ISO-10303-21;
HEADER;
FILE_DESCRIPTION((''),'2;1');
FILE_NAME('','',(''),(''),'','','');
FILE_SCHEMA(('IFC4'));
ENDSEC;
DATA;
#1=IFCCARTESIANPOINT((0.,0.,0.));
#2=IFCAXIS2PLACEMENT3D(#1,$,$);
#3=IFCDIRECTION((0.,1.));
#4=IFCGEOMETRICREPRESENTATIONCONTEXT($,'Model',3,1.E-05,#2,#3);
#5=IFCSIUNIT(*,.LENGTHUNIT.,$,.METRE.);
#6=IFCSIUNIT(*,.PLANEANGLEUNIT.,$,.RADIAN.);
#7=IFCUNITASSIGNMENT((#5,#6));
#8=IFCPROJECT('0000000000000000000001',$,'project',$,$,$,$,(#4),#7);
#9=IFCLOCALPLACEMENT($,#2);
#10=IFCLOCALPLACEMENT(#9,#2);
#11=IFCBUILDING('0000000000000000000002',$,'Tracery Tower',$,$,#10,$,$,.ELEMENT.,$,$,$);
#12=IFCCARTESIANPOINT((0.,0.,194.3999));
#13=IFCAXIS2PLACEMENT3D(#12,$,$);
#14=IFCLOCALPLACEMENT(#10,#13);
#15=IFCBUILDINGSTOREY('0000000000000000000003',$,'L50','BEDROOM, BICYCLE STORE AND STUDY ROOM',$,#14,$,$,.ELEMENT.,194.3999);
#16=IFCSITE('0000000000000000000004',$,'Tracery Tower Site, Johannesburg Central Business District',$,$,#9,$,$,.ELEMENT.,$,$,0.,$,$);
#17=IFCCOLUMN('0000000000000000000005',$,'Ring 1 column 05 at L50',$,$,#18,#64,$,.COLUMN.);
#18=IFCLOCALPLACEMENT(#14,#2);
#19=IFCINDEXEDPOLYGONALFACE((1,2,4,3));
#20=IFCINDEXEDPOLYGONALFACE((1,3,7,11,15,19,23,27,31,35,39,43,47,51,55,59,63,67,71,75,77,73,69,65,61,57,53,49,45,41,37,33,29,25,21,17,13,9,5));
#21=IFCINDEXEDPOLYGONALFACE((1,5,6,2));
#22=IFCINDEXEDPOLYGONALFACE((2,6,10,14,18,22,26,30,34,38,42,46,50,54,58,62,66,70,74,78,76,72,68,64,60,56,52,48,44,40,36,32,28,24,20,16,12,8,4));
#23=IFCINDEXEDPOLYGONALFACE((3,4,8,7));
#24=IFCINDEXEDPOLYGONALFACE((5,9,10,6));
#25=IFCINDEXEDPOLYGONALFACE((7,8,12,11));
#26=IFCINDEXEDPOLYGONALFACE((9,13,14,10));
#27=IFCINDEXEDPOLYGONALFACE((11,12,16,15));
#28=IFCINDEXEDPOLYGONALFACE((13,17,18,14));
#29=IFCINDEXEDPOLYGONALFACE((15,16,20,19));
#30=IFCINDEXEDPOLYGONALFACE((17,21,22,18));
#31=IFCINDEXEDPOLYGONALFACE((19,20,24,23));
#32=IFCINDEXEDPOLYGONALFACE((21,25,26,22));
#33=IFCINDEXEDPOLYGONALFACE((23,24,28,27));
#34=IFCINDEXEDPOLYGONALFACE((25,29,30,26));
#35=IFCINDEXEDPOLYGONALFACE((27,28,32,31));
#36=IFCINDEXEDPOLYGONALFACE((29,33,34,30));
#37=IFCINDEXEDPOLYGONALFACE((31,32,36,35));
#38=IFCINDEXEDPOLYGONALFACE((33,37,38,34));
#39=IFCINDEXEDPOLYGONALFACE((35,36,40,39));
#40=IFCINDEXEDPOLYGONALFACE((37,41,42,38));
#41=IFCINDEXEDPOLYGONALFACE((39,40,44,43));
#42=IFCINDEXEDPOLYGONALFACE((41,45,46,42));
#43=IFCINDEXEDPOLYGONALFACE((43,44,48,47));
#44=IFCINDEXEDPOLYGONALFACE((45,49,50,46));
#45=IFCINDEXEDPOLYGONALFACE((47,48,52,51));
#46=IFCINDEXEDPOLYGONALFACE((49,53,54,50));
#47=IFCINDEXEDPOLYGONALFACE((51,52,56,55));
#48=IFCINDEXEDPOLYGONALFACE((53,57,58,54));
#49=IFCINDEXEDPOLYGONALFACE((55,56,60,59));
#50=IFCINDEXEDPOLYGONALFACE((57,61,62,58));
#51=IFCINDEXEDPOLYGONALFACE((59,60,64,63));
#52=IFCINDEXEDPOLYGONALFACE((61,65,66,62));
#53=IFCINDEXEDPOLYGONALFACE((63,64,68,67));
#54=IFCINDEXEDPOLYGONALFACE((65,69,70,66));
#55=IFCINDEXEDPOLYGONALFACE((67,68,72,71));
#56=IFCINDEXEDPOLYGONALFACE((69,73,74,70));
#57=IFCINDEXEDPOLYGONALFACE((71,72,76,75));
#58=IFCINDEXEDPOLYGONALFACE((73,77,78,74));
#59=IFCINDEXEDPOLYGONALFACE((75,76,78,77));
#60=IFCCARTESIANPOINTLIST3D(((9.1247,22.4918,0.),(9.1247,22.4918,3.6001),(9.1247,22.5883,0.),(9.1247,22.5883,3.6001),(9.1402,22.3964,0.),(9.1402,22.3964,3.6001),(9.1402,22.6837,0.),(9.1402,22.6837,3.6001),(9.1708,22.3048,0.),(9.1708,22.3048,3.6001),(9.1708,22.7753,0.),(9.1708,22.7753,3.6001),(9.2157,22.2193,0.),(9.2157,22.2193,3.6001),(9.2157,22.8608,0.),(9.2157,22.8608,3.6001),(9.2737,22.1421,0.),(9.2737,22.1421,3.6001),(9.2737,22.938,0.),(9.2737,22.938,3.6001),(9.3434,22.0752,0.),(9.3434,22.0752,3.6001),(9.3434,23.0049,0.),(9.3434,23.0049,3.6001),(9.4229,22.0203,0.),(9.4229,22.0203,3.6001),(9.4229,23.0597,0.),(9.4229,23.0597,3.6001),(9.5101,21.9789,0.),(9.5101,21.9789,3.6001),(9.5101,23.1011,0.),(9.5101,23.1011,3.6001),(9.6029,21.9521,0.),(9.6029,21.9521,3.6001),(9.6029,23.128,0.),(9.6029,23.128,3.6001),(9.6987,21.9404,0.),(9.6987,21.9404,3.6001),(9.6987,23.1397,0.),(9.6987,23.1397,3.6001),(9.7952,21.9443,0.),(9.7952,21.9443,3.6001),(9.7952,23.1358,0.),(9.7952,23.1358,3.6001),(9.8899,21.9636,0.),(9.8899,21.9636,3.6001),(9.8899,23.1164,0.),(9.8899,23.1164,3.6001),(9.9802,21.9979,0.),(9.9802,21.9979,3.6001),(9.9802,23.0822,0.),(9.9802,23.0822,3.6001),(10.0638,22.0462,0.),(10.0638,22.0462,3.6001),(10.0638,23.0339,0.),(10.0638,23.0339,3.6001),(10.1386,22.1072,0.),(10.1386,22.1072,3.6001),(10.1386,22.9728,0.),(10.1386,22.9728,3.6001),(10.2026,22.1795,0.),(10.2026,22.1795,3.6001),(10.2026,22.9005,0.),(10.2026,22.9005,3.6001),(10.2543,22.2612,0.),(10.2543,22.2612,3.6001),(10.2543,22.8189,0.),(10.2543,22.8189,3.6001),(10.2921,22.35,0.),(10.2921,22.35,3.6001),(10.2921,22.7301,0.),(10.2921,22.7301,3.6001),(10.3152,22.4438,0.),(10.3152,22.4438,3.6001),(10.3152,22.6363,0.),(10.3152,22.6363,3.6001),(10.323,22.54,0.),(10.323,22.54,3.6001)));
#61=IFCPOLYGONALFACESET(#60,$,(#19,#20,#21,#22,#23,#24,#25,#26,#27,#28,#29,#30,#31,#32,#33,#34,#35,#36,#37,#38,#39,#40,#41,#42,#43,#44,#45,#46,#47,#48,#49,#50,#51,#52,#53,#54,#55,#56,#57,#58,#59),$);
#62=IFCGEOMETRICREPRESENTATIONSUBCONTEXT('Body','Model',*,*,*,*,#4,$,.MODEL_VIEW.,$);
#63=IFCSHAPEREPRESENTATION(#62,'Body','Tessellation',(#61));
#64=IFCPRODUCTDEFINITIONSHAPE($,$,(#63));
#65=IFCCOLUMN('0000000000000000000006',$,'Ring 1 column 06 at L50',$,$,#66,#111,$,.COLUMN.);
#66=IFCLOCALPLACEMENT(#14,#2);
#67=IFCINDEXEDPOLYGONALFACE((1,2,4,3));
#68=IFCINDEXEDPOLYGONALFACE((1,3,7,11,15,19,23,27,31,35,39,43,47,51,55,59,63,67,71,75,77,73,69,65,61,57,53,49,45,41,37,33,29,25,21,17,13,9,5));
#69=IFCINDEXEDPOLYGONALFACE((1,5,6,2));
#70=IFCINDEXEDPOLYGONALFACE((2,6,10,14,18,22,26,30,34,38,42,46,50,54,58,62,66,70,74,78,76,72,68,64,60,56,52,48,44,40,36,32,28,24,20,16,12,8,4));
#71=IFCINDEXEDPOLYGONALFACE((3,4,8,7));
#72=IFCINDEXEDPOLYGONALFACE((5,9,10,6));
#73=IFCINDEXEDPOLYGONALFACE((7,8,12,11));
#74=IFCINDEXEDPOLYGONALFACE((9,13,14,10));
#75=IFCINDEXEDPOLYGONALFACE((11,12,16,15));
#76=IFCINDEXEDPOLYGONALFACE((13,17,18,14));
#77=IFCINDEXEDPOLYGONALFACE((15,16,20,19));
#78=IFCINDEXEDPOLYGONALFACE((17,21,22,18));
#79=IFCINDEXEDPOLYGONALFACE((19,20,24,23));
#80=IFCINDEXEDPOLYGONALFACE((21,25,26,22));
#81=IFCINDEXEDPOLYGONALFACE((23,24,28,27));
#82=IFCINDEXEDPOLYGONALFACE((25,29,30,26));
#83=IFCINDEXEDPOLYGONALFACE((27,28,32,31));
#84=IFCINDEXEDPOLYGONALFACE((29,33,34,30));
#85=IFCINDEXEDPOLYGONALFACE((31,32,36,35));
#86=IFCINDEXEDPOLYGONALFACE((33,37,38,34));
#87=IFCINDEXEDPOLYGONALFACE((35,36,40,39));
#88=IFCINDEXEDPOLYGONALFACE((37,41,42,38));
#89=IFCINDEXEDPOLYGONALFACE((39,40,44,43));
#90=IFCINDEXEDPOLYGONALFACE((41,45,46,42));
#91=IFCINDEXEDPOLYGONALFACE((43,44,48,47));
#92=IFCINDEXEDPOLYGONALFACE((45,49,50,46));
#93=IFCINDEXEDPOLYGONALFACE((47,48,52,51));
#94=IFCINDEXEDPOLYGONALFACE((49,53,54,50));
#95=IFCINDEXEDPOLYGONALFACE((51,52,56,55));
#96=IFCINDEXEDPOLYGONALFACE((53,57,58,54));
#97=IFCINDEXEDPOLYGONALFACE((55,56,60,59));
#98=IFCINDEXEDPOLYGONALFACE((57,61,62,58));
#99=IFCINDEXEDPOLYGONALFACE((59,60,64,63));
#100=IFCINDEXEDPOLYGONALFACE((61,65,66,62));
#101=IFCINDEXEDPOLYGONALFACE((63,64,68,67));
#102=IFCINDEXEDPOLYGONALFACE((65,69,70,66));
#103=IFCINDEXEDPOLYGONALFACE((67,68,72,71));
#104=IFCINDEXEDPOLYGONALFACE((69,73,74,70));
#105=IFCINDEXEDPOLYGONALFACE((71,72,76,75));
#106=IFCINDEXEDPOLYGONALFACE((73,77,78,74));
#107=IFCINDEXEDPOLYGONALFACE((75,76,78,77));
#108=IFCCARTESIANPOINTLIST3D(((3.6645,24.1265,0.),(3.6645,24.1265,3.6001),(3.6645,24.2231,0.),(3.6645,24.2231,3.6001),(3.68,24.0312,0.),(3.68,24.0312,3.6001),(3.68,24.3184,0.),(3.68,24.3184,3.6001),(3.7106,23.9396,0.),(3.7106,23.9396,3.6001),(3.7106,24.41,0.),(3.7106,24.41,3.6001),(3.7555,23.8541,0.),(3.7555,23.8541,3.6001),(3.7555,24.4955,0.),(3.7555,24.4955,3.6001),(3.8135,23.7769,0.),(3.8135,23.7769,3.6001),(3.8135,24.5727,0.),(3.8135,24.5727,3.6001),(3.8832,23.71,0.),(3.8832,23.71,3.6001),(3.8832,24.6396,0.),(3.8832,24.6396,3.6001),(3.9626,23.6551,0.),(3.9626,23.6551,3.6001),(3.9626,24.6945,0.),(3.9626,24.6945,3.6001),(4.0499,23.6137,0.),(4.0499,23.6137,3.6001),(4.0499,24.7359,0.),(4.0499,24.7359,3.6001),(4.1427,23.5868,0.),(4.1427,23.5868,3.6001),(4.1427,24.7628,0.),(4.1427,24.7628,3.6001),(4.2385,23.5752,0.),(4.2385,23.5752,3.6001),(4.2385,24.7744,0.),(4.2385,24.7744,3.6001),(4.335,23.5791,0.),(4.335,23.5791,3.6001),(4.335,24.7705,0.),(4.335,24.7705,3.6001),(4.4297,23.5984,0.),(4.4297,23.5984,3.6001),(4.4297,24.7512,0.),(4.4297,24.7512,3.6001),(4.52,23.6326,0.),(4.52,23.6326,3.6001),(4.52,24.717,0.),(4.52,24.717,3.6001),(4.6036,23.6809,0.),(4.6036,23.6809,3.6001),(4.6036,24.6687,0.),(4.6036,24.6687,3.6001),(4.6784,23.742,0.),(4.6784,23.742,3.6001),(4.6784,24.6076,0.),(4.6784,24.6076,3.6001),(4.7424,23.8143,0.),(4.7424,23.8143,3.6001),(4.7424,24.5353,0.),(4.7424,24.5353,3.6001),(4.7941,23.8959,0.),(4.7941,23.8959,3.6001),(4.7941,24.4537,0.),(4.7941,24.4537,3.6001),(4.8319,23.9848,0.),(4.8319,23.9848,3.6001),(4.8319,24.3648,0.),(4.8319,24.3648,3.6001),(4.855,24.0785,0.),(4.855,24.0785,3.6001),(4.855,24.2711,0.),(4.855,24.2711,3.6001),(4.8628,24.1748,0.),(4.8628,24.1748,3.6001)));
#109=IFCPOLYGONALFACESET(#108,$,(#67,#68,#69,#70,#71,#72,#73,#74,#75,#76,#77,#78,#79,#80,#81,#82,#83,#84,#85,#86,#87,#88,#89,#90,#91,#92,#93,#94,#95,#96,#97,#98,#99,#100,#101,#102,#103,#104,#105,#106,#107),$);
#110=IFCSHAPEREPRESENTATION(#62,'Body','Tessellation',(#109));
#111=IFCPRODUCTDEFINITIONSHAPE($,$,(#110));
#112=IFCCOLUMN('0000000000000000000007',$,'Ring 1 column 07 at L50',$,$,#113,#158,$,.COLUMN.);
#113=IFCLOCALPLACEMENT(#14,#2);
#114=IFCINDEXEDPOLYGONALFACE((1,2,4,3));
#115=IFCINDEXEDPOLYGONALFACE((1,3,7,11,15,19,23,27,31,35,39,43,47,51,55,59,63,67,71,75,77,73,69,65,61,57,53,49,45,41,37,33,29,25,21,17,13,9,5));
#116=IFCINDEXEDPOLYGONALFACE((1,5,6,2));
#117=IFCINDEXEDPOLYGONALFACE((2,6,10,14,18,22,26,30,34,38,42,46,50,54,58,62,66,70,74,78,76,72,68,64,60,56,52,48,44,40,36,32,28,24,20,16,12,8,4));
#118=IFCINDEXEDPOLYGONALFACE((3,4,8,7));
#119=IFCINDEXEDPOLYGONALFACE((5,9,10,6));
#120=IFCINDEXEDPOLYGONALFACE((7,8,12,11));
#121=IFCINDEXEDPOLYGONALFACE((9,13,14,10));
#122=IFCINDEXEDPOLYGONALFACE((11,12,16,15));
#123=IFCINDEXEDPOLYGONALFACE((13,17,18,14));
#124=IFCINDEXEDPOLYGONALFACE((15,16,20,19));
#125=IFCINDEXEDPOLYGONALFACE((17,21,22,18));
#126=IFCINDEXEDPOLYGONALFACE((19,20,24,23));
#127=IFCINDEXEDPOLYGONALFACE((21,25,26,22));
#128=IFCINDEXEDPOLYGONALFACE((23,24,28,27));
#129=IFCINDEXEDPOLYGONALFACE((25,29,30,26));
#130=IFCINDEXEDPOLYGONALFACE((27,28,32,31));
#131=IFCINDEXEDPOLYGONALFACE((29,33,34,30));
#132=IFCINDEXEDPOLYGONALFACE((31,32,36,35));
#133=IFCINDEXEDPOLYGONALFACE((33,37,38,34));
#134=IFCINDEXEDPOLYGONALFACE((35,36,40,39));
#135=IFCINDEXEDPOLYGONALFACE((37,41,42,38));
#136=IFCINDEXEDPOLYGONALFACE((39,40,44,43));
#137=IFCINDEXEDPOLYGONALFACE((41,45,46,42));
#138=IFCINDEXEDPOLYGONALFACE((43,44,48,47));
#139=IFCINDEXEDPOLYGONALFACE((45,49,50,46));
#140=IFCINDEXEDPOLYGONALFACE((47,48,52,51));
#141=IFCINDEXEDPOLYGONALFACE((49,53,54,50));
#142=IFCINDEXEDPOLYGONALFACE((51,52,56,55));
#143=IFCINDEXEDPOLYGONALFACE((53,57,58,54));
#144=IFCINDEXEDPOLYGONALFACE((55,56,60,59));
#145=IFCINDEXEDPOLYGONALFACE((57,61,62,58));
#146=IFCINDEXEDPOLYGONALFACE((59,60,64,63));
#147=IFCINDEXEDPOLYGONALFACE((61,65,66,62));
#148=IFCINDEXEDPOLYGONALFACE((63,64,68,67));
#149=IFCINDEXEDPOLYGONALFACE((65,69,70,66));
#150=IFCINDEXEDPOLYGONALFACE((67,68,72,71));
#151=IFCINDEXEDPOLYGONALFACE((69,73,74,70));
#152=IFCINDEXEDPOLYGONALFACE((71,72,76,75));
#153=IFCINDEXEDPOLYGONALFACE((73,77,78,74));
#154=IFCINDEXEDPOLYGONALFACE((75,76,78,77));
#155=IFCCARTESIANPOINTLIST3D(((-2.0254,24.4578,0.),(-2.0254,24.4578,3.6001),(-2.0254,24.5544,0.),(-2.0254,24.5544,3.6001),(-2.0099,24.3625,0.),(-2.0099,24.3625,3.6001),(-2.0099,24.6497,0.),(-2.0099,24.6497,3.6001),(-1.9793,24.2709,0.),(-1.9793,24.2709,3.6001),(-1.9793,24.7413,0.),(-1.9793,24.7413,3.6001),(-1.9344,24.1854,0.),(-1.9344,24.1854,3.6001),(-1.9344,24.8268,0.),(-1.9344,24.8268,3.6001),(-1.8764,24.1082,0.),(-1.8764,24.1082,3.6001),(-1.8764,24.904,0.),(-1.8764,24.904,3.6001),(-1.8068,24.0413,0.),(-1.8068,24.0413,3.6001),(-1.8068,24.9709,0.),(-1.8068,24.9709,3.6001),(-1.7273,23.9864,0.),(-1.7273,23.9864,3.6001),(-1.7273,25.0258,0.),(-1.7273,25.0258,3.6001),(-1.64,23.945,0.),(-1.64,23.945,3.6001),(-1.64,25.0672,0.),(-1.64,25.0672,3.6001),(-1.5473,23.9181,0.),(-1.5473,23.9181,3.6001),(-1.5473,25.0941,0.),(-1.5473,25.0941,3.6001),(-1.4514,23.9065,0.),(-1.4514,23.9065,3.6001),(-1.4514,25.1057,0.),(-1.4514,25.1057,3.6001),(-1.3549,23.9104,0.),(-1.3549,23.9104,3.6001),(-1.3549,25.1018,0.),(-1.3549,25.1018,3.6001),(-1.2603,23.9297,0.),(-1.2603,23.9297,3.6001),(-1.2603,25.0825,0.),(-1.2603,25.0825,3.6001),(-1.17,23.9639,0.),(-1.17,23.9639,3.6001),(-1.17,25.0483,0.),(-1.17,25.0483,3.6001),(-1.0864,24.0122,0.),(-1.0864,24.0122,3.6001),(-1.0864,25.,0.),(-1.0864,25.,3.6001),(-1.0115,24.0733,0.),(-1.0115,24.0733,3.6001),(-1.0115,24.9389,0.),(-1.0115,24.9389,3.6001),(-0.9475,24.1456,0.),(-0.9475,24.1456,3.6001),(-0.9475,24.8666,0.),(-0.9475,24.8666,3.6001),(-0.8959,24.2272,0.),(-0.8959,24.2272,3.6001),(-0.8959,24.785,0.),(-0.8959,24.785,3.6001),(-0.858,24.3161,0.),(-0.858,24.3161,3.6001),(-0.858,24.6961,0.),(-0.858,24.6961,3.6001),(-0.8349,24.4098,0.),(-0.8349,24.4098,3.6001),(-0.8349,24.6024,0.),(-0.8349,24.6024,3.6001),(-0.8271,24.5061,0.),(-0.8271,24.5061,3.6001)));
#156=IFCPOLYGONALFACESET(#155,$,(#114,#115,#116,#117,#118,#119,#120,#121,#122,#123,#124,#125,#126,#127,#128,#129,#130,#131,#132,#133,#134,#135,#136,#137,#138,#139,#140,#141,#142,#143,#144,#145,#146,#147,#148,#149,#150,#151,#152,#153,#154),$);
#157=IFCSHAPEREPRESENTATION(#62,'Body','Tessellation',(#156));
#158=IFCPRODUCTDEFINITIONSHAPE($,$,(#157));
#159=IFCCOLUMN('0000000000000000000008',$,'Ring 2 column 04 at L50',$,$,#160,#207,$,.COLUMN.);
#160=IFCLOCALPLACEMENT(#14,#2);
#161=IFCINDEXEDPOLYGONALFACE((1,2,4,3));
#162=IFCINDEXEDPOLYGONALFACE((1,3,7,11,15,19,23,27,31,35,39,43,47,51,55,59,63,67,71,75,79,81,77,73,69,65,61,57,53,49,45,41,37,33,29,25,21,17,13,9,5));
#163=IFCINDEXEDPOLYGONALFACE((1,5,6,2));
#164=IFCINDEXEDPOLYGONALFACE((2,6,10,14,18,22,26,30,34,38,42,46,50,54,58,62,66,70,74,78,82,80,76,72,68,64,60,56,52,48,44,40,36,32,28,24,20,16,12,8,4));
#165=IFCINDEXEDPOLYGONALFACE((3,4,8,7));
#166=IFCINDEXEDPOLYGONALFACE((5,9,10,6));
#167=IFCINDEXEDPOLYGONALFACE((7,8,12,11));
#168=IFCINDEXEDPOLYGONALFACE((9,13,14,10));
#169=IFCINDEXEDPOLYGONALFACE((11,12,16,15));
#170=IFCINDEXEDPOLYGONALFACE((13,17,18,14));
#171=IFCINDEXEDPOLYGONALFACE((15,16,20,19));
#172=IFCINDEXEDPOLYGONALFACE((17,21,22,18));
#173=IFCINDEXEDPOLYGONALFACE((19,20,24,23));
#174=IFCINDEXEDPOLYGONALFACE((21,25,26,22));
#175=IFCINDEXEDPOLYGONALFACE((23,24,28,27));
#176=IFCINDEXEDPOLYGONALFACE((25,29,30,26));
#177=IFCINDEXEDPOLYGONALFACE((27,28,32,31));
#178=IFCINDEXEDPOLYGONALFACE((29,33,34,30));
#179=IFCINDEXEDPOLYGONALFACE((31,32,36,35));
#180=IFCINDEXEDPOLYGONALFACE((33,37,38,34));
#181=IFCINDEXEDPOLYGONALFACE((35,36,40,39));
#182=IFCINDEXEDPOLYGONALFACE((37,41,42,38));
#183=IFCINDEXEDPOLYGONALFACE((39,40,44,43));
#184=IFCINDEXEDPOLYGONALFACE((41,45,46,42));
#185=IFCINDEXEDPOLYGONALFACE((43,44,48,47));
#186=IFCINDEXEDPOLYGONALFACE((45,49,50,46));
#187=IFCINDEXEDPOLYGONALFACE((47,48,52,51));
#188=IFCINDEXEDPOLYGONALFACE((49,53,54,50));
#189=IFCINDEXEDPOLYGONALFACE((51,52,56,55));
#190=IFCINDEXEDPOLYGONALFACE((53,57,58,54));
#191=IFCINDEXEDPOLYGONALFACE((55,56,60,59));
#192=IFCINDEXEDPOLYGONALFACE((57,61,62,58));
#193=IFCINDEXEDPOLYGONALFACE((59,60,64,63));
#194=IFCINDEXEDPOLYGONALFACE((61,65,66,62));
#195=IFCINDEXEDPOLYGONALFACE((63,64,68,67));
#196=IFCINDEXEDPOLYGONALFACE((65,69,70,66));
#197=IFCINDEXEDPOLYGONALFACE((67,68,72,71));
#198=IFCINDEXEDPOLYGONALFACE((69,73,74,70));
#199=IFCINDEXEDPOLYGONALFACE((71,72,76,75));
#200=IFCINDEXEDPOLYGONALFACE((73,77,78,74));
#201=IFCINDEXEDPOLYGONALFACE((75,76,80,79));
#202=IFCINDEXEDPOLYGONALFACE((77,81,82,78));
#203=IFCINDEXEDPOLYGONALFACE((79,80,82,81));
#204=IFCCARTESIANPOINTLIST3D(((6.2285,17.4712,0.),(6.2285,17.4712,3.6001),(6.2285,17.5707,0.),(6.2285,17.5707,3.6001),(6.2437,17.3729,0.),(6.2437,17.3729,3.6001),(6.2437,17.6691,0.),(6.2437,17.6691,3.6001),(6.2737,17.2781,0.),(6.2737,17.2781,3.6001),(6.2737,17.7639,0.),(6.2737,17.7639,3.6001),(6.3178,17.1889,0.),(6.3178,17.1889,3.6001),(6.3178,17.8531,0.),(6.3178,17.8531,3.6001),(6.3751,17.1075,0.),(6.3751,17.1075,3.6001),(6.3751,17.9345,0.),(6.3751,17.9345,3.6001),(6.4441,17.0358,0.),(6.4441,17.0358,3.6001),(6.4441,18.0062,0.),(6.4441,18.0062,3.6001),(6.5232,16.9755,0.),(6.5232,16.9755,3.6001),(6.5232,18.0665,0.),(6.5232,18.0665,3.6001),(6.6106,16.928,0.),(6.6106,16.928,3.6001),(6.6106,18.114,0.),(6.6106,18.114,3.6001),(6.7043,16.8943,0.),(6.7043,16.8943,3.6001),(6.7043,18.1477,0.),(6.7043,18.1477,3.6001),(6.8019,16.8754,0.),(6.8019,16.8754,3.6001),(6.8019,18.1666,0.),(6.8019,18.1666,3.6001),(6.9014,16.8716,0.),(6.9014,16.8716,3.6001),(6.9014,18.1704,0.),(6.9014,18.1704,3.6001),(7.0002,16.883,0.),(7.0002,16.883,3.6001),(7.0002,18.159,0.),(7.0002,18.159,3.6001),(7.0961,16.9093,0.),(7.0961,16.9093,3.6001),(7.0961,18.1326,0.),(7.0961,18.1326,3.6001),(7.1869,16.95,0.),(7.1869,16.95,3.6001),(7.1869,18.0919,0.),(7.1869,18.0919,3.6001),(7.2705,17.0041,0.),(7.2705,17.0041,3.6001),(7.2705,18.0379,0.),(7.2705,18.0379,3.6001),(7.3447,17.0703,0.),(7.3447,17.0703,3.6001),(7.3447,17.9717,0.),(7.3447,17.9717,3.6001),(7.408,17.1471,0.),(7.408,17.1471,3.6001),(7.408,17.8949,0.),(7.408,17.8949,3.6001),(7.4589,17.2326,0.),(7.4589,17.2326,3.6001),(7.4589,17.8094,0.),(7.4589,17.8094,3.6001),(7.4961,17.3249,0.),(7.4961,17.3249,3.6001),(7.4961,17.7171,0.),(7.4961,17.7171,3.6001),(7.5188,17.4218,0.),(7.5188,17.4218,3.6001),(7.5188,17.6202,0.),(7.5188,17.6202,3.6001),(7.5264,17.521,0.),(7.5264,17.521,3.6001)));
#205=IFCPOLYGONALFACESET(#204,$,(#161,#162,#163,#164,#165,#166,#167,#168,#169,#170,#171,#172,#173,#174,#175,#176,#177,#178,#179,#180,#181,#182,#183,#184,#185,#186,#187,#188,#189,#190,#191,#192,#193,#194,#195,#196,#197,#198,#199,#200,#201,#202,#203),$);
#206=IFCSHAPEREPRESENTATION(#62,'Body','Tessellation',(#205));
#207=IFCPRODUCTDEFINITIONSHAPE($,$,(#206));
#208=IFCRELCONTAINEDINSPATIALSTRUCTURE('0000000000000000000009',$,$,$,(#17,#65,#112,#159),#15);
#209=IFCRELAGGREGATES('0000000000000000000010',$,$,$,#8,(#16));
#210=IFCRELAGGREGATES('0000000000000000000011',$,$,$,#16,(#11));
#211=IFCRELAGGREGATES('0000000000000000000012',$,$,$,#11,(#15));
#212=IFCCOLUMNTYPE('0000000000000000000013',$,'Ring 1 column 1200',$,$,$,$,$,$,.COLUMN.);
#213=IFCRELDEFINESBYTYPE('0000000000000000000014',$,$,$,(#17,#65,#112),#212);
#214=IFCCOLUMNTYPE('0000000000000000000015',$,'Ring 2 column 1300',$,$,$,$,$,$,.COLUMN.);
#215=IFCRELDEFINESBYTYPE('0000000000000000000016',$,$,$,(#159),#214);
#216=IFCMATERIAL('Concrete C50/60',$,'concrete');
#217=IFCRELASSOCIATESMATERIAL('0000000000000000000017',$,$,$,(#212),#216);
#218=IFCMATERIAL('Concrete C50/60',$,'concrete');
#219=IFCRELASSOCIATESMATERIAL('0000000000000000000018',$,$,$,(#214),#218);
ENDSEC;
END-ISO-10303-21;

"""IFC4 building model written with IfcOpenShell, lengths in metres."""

from ifc_helpers import new_model, si_unit, direction, frame, origin, origin_2d, place, context, subcontext, project, spatial, circle, extrude, material, material_profile, profile_set, type_object, element, save


model = new_model("IFC4")

# Units and contexts
model_context = context("Model", 3, precision=1e-05, world=origin(), true_north=direction((0.0, 1.0)))
body_context = subcontext(model_context, "Body", "Model", "MODEL_VIEW")
ifc_project = project(units=[si_unit("LENGTHUNIT", "METRE"), si_unit("PLANEANGLEUNIT", "RADIAN")], contexts=[model_context])

# Site, building, storey
site_placement = place(None, origin())
site = spatial("IfcSite", under=ifc_project, at=site_placement, Name="Tracery Tower Site, Johannesburg Central Business District", CompositionType="ELEMENT", RefElevation=0.0)
building_placement = place(site_placement, origin())
building = spatial("IfcBuilding", under=site, at=building_placement, Name="Tracery Tower", CompositionType="ELEMENT")
storey_placement = place(building_placement, frame((0.0, 0.0, 194.3999)))
storey = spatial("IfcBuildingStorey", under=building, at=storey_placement, Name="L50", Description="BEDROOM, BICYCLE STORE AND STUDY ROOM", CompositionType="ELEMENT", Elevation=194.3999)

# Columns
ifc_material_1 = material(Name="Concrete C50/60", Category="concrete")
ifc_material_profile_1 = material_profile(ifc_material_1, circle(Radius=0.6001, at=origin_2d()), Name="RC D1200")
ifc_profile_set_1 = profile_set([ifc_material_profile_1], Name="Concrete C50/60")
column_type_1 = type_object("IfcColumnType", Name="Ring 1 column 1200", PredefinedType="COLUMN", material=ifc_profile_set_1)
for number, where, z_axis, x_axis, name in (
    (1, (9.7229, 22.54, 0.0), (0.0, 0.0, 1.0), (1.0, 0.0, 0.0), "Ring 1 column 05 at L50"),
    (2, (4.2627, 24.1748, 0.0), (0.0, 0.0, 1.0), (1.0, 0.0, 0.0), "Ring 1 column 06 at L50"),
    (3, (-1.4272, 24.5061, 0.0), (0.0, 0.0, 1.0), (1.0, 0.0, 0.0), "Ring 1 column 07 at L50"),
):
    element("IfcColumn", number, at=place(storey_placement, frame(where, z_axis=z_axis, x_axis=x_axis)), inside=storey, type_object=column_type_1, Name=name, PredefinedType="COLUMN", context=body_context, shape_type="SweptSolid", body=[
        extrude(circle(Radius=0.6001, at=origin_2d()), origin(), (0.0, 0.0, 1.0), 3.6001),
    ])
ifc_material_2 = material(Name="Concrete C50/60", Category="concrete")
ifc_material_profile_2 = material_profile(ifc_material_2, circle(Radius=0.6499, at=origin_2d()), Name="RC D1300")
ifc_profile_set_2 = profile_set([ifc_material_profile_2], Name="Concrete C50/60")
column_type_2 = type_object("IfcColumnType", Name="Ring 2 column 1300", PredefinedType="COLUMN", material=ifc_profile_set_2)
for number, where, z_axis, x_axis, name in (
    (4, (6.8765, 17.521, 0.0), (0.0, 0.0, 1.0), (1.0, 0.0, 0.0), "Ring 2 column 04 at L50"),
):
    element("IfcColumn", number, at=place(storey_placement, frame(where, z_axis=z_axis, x_axis=x_axis)), inside=storey, type_object=column_type_2, Name=name, PredefinedType="COLUMN", context=body_context, shape_type="SweptSolid", body=[
        extrude(circle(Radius=0.6499, at=origin_2d()), origin(), (0.0, 0.0, 1.0), 3.6001),
    ])

save(model, "model.ifc")
